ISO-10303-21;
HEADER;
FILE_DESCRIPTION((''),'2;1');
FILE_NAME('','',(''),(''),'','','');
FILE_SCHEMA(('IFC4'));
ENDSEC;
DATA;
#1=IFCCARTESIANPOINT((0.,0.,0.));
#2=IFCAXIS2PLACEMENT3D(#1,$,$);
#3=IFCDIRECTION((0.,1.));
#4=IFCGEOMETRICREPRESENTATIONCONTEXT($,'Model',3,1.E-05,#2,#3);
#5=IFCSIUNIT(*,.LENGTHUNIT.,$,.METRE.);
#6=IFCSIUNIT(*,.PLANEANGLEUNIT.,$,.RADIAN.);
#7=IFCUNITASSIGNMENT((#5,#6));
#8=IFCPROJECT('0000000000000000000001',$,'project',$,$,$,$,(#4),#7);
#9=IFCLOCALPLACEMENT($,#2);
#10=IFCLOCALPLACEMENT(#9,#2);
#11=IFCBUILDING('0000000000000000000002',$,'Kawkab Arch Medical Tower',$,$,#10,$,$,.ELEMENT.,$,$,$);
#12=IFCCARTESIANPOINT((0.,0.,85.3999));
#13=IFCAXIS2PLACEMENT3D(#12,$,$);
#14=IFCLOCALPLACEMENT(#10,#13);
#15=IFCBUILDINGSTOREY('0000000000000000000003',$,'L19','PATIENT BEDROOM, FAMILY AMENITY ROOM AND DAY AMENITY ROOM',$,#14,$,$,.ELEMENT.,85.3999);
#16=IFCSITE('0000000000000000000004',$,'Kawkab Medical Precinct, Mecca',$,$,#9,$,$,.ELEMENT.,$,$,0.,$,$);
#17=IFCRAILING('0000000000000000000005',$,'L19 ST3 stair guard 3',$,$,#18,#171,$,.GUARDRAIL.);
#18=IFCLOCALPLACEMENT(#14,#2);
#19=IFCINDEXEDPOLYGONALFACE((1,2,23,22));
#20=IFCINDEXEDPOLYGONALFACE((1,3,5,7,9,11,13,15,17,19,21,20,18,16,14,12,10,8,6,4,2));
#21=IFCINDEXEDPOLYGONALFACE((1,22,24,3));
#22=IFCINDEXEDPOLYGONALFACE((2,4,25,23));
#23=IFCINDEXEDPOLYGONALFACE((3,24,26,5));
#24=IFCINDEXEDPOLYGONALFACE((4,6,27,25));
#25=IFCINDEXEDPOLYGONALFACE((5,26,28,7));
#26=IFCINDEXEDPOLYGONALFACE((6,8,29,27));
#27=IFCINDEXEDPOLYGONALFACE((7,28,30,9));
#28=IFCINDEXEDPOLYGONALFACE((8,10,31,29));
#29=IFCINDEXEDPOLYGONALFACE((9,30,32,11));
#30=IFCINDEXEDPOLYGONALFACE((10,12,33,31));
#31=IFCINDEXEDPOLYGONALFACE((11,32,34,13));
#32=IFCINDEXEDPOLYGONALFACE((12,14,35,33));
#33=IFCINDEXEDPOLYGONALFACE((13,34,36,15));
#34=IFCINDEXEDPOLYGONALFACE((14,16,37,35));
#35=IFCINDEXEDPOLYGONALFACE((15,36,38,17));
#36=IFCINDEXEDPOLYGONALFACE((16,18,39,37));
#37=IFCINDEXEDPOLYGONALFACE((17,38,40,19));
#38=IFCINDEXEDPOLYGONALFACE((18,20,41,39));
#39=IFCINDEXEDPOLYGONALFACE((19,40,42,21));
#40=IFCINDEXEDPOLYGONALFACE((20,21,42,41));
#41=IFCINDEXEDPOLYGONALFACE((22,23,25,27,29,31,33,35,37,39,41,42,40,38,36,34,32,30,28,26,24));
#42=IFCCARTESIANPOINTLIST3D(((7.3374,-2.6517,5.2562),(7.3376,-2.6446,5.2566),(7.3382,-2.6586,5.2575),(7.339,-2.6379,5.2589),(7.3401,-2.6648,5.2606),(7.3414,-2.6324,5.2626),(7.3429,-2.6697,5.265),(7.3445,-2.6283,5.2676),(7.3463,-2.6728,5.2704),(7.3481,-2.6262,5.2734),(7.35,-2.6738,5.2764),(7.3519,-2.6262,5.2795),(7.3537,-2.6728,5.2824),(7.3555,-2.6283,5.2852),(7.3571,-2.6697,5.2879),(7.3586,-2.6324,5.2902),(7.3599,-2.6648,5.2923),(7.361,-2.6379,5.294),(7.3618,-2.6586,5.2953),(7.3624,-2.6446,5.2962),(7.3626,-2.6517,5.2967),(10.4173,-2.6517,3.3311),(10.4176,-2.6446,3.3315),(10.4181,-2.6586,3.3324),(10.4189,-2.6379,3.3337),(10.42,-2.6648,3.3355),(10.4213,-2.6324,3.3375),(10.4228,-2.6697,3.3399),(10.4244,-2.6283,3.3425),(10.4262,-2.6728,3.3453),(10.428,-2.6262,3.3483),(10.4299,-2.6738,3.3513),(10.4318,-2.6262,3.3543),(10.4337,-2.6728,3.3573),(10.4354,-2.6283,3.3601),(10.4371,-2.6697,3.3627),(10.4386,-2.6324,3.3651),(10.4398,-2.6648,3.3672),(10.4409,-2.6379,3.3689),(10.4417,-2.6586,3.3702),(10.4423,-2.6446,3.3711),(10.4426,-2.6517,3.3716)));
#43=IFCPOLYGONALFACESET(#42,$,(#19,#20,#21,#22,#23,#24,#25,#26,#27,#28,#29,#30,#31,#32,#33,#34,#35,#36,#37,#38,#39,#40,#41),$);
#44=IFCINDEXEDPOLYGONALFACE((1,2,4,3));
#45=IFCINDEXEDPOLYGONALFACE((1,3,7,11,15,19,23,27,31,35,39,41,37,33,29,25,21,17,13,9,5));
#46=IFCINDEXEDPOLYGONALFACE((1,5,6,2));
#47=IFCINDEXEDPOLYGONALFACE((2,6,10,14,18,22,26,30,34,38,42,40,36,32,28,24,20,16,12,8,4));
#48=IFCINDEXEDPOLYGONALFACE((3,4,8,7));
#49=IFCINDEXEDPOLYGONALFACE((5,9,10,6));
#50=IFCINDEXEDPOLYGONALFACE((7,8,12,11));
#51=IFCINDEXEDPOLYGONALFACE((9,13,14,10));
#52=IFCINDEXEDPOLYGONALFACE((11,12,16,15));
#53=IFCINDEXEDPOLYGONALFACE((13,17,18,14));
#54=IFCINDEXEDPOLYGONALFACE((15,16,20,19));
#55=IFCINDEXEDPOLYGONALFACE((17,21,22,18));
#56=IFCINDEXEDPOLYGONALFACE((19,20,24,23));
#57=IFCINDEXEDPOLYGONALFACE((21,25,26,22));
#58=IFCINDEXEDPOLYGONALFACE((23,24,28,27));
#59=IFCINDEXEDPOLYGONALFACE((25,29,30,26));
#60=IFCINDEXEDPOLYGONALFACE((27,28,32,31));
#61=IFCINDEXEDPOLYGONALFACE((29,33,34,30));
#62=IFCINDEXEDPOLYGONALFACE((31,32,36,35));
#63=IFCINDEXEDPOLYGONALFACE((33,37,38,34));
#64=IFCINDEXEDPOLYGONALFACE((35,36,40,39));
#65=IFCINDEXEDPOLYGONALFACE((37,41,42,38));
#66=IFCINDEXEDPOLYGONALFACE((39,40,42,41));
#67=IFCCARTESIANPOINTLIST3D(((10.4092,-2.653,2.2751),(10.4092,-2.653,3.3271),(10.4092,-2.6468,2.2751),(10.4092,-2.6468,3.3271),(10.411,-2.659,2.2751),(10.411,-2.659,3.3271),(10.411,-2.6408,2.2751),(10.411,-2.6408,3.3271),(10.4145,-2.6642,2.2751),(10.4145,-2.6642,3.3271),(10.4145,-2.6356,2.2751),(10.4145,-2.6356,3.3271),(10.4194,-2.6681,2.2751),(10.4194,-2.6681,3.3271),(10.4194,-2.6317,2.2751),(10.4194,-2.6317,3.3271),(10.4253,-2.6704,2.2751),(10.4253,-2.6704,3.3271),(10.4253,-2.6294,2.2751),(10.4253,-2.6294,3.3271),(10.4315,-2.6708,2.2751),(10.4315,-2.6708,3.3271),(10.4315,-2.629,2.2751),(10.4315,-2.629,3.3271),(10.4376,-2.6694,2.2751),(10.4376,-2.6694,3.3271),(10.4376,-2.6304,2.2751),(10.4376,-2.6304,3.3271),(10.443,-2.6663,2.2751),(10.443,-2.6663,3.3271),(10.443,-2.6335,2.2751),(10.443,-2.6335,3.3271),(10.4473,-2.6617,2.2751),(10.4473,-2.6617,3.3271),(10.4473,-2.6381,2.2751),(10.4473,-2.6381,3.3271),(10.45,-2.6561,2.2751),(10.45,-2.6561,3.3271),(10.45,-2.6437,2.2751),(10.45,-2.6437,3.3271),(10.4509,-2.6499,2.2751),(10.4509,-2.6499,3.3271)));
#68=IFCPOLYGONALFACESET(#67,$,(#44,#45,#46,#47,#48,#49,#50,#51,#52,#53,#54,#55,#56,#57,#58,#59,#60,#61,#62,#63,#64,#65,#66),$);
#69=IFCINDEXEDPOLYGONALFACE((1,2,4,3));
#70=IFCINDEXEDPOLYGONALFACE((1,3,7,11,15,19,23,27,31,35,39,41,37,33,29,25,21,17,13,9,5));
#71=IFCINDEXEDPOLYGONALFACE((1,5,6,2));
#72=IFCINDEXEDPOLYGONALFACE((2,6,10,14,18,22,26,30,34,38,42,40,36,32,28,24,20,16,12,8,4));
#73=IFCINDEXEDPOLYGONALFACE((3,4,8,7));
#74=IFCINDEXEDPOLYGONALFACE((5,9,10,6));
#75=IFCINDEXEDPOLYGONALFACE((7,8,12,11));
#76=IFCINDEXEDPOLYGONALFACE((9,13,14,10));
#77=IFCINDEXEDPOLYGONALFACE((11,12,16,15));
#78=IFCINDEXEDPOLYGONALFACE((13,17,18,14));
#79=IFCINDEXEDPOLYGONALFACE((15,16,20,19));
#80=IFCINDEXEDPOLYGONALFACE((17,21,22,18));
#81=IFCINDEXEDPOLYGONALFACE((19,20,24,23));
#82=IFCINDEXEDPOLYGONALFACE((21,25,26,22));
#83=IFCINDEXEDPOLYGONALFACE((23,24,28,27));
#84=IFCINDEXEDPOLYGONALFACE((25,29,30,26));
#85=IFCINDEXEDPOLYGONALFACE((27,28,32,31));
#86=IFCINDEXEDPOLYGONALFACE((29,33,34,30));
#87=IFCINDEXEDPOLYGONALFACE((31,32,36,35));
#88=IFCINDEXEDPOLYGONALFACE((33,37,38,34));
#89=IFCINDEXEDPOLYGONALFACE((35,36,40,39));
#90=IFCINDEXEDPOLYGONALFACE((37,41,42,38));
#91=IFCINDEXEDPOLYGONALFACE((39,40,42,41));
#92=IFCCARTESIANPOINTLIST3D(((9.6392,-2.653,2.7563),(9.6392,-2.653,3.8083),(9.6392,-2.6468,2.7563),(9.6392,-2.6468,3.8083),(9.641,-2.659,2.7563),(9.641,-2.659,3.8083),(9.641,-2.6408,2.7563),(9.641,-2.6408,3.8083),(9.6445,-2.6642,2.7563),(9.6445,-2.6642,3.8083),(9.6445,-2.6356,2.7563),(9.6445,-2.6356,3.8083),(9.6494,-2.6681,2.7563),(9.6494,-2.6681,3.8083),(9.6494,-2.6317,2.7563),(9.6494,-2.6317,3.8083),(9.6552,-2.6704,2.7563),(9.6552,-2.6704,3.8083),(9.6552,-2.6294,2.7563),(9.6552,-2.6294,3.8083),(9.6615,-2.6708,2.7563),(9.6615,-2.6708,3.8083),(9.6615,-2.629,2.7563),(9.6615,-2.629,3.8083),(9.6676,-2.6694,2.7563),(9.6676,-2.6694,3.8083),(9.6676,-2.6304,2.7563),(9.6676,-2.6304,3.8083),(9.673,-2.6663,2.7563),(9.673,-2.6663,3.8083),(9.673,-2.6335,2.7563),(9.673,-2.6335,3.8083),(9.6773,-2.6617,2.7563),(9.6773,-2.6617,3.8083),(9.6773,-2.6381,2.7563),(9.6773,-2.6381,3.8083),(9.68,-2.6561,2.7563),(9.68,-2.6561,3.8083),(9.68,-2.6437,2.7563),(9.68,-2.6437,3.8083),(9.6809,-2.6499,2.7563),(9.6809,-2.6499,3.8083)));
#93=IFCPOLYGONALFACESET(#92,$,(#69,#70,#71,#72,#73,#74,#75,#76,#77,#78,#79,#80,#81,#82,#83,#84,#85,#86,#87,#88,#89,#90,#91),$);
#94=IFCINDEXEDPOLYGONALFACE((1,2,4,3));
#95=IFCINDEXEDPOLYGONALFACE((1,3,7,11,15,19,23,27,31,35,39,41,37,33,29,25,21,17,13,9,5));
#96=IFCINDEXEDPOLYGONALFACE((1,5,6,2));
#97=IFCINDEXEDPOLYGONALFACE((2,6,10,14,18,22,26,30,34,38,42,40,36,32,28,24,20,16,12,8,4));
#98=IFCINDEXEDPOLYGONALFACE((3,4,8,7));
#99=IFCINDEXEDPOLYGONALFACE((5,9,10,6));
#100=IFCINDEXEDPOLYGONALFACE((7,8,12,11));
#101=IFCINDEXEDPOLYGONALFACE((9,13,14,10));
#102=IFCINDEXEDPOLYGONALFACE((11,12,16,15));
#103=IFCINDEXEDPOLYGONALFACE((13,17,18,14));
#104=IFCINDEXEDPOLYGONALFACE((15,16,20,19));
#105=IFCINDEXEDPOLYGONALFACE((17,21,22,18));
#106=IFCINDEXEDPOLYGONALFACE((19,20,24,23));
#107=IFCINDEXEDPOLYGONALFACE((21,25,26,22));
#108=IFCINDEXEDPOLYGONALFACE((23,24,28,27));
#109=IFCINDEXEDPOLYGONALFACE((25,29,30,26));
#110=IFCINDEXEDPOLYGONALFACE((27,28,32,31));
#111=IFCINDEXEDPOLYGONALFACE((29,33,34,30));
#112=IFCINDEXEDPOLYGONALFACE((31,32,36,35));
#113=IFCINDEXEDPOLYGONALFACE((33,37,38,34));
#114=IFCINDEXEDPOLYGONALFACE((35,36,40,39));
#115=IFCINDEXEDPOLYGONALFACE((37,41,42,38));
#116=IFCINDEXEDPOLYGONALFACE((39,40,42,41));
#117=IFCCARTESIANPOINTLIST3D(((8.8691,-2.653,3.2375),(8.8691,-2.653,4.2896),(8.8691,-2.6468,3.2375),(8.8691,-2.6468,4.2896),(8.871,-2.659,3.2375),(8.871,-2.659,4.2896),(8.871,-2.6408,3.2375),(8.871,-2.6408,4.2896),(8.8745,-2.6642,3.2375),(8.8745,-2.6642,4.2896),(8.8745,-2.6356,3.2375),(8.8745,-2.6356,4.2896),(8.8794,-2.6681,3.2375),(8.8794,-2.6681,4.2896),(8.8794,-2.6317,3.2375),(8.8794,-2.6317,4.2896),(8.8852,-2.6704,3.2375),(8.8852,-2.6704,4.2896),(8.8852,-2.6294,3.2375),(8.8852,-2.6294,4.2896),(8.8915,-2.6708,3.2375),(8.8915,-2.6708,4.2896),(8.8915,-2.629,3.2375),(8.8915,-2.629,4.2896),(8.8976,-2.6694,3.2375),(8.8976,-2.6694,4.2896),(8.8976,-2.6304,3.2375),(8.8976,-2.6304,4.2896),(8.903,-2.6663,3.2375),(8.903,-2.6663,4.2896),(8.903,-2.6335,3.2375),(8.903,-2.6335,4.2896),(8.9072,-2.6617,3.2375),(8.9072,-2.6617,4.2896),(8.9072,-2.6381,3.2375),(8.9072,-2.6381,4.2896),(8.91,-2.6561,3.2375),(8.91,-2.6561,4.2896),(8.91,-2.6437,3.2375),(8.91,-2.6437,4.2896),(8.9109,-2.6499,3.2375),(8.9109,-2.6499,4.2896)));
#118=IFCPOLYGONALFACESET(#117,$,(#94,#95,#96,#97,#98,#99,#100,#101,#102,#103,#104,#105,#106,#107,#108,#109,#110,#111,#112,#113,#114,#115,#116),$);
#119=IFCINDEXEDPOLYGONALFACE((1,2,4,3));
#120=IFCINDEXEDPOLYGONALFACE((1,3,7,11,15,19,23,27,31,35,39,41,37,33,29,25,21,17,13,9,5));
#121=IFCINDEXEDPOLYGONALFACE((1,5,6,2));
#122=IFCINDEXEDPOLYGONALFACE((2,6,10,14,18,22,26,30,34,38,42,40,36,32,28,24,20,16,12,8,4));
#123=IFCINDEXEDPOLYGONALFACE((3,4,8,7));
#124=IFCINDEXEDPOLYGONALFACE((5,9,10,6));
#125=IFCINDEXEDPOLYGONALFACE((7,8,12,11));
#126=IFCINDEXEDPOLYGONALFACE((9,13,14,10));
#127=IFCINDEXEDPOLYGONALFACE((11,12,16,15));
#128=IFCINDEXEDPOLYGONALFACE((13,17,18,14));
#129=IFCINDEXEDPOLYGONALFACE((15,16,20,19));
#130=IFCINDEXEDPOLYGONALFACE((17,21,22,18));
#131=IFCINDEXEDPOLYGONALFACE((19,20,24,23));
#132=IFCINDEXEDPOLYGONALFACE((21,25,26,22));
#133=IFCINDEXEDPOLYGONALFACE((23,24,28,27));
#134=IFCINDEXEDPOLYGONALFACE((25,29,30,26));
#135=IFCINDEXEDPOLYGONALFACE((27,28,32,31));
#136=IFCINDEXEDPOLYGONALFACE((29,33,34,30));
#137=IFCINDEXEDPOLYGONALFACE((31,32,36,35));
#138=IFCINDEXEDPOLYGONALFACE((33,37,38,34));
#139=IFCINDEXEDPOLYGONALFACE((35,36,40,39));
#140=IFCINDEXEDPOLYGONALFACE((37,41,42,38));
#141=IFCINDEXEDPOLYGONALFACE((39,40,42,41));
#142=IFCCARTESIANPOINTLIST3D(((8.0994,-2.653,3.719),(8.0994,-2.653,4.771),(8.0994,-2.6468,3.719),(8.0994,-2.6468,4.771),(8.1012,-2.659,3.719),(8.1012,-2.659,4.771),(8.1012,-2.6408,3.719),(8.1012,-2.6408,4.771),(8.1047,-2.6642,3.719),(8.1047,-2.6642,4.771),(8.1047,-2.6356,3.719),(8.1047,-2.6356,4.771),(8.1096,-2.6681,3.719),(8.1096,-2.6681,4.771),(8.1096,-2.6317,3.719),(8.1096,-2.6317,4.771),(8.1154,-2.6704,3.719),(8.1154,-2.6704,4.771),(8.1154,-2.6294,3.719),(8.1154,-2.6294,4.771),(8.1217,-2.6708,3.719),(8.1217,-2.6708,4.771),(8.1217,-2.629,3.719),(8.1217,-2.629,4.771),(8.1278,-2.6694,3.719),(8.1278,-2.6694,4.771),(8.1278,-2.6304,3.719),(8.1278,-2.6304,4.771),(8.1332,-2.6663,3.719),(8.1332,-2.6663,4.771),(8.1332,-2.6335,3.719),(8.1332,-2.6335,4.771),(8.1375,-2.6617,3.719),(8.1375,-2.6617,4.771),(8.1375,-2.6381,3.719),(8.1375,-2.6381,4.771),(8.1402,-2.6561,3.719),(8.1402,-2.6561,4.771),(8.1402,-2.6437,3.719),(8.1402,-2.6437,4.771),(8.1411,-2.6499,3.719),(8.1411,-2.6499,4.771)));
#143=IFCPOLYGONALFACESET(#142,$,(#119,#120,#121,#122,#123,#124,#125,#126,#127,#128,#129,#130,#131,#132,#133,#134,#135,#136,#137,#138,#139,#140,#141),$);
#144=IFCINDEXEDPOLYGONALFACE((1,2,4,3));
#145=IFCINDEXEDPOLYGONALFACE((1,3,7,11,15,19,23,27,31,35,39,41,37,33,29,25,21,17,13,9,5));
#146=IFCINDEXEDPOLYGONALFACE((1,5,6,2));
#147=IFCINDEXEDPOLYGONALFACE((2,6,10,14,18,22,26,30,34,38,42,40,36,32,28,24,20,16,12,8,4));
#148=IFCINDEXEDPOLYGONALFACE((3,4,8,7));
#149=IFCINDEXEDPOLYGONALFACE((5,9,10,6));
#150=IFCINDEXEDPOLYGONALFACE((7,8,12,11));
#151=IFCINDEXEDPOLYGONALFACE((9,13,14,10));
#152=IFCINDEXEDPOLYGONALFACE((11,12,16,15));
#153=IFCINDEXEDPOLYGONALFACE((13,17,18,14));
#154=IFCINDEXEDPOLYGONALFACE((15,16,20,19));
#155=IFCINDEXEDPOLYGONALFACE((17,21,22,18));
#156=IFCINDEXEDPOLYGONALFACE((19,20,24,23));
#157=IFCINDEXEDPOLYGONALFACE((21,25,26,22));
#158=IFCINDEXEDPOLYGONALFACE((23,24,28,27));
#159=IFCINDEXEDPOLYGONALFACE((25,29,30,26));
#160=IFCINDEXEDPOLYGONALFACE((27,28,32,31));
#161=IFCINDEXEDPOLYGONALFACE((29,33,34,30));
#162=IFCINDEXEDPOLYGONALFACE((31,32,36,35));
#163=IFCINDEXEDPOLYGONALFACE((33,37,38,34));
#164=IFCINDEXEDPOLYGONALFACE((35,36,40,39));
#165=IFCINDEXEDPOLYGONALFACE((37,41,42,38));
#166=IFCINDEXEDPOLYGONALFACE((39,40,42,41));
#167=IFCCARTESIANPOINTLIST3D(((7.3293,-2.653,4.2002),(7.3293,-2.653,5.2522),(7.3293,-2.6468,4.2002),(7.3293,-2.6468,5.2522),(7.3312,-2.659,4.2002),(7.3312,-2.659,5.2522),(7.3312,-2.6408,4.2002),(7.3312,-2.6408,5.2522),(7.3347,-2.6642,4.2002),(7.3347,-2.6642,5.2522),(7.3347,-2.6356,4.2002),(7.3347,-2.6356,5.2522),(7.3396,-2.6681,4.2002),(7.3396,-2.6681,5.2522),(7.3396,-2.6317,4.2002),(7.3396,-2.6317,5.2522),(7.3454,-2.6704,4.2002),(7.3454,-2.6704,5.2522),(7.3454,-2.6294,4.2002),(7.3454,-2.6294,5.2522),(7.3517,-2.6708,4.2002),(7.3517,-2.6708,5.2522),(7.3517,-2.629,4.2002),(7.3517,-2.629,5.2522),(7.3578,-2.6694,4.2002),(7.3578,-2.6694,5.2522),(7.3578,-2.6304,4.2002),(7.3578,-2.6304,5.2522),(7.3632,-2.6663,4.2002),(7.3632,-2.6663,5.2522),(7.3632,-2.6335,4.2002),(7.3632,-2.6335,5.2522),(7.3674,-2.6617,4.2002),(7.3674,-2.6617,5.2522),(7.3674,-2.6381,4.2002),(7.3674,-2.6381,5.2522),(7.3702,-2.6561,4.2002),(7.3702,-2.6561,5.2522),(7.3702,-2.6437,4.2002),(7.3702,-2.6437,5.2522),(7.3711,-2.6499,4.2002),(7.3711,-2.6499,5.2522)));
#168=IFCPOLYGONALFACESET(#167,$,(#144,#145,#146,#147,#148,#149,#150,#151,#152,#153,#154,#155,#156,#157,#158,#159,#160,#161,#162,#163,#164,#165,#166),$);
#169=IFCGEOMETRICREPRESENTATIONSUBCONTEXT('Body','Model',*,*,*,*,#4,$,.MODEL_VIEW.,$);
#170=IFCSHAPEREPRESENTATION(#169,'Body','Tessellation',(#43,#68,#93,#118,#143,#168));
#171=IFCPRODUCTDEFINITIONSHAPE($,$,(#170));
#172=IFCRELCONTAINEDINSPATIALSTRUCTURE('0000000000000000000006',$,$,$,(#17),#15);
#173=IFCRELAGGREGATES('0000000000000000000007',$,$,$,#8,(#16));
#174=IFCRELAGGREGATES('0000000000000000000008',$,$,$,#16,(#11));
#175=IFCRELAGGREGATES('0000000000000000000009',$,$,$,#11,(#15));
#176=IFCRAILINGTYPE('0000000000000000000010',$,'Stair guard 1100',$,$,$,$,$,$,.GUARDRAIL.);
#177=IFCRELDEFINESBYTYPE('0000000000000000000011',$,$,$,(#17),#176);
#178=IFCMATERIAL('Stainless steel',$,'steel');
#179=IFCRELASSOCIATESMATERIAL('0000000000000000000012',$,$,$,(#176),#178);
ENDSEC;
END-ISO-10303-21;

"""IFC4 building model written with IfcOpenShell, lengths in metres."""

from ifc_helpers import new_model, si_unit, direction, frame, origin, origin_2d, place, context, subcontext, project, spatial, circle, extrude, material, type_object, element, save


model = new_model("IFC4")

# Units and contexts
model_context = context("Model", 3, precision=1e-05, world=origin(), true_north=direction((0.0, 1.0)))
body_context = subcontext(model_context, "Body", "Model", "MODEL_VIEW")
ifc_project = project(units=[si_unit("LENGTHUNIT", "METRE"), si_unit("PLANEANGLEUNIT", "RADIAN")], contexts=[model_context])

# Site, building, storey
site_placement = place(None, origin())
site = spatial("IfcSite", under=ifc_project, at=site_placement, Name="Kawkab Medical Precinct, Mecca", CompositionType="ELEMENT", RefElevation=0.0)
building_placement = place(site_placement, origin())
building = spatial("IfcBuilding", under=site, at=building_placement, Name="Kawkab Arch Medical Tower", CompositionType="ELEMENT")
storey_placement = place(building_placement, frame((0.0, 0.0, 85.3999)))
storey = spatial("IfcBuildingStorey", under=building, at=storey_placement, Name="L19", Description="PATIENT BEDROOM, FAMILY AMENITY ROOM AND DAY AMENITY ROOM", CompositionType="ELEMENT", Elevation=85.3999)

# Railing
ifc_material_1 = material(Name="Stainless steel", Category="steel")
railing_type_1 = type_object("IfcRailingType", Name="Stair guard 1100", PredefinedType="GUARDRAIL", material=ifc_material_1)
railing_1_placement = place(storey_placement, frame((10.4299, -2.6499, 2.2751)))
element("IfcRailing", 1, at=railing_1_placement, inside=storey, type_object=railing_type_1, Name="L19 ST3 stair guard 3", PredefinedType="GUARDRAIL", context=body_context, shape_type="SweptSolid", body=[
    extrude(circle(Radius=0.0239, at=origin_2d()), frame((0.0, 0.0, 1.0762), z_axis=(-0.847979, 0.0, 0.530029), x_axis=(0.0, -1.0, 0.0)), (0.0, 0.0, 1.0), 3.6321),
    extrude(circle(Radius=0.021, at=origin_2d()), origin(), (0.0, 0.0, 1.0), 1.052),
    extrude(circle(Radius=0.021, at=origin_2d()), frame((-0.77, 0.0, 0.4812)), (0.0, 0.0, 1.0), 1.052),
    extrude(circle(Radius=0.021, at=origin_2d()), frame((-1.54, 0.0, 0.9624)), (0.0, 0.0, 1.0), 1.052),
    extrude(circle(Radius=0.021, at=origin_2d()), frame((-2.3098, 0.0, 1.4438)), (0.0, 0.0, 1.0), 1.052),
    extrude(circle(Radius=0.021, at=origin_2d()), frame((-3.0798, 0.0, 1.925)), (0.0, 0.0, 1.0), 1.052),
])

save(model, "model.ifc")
